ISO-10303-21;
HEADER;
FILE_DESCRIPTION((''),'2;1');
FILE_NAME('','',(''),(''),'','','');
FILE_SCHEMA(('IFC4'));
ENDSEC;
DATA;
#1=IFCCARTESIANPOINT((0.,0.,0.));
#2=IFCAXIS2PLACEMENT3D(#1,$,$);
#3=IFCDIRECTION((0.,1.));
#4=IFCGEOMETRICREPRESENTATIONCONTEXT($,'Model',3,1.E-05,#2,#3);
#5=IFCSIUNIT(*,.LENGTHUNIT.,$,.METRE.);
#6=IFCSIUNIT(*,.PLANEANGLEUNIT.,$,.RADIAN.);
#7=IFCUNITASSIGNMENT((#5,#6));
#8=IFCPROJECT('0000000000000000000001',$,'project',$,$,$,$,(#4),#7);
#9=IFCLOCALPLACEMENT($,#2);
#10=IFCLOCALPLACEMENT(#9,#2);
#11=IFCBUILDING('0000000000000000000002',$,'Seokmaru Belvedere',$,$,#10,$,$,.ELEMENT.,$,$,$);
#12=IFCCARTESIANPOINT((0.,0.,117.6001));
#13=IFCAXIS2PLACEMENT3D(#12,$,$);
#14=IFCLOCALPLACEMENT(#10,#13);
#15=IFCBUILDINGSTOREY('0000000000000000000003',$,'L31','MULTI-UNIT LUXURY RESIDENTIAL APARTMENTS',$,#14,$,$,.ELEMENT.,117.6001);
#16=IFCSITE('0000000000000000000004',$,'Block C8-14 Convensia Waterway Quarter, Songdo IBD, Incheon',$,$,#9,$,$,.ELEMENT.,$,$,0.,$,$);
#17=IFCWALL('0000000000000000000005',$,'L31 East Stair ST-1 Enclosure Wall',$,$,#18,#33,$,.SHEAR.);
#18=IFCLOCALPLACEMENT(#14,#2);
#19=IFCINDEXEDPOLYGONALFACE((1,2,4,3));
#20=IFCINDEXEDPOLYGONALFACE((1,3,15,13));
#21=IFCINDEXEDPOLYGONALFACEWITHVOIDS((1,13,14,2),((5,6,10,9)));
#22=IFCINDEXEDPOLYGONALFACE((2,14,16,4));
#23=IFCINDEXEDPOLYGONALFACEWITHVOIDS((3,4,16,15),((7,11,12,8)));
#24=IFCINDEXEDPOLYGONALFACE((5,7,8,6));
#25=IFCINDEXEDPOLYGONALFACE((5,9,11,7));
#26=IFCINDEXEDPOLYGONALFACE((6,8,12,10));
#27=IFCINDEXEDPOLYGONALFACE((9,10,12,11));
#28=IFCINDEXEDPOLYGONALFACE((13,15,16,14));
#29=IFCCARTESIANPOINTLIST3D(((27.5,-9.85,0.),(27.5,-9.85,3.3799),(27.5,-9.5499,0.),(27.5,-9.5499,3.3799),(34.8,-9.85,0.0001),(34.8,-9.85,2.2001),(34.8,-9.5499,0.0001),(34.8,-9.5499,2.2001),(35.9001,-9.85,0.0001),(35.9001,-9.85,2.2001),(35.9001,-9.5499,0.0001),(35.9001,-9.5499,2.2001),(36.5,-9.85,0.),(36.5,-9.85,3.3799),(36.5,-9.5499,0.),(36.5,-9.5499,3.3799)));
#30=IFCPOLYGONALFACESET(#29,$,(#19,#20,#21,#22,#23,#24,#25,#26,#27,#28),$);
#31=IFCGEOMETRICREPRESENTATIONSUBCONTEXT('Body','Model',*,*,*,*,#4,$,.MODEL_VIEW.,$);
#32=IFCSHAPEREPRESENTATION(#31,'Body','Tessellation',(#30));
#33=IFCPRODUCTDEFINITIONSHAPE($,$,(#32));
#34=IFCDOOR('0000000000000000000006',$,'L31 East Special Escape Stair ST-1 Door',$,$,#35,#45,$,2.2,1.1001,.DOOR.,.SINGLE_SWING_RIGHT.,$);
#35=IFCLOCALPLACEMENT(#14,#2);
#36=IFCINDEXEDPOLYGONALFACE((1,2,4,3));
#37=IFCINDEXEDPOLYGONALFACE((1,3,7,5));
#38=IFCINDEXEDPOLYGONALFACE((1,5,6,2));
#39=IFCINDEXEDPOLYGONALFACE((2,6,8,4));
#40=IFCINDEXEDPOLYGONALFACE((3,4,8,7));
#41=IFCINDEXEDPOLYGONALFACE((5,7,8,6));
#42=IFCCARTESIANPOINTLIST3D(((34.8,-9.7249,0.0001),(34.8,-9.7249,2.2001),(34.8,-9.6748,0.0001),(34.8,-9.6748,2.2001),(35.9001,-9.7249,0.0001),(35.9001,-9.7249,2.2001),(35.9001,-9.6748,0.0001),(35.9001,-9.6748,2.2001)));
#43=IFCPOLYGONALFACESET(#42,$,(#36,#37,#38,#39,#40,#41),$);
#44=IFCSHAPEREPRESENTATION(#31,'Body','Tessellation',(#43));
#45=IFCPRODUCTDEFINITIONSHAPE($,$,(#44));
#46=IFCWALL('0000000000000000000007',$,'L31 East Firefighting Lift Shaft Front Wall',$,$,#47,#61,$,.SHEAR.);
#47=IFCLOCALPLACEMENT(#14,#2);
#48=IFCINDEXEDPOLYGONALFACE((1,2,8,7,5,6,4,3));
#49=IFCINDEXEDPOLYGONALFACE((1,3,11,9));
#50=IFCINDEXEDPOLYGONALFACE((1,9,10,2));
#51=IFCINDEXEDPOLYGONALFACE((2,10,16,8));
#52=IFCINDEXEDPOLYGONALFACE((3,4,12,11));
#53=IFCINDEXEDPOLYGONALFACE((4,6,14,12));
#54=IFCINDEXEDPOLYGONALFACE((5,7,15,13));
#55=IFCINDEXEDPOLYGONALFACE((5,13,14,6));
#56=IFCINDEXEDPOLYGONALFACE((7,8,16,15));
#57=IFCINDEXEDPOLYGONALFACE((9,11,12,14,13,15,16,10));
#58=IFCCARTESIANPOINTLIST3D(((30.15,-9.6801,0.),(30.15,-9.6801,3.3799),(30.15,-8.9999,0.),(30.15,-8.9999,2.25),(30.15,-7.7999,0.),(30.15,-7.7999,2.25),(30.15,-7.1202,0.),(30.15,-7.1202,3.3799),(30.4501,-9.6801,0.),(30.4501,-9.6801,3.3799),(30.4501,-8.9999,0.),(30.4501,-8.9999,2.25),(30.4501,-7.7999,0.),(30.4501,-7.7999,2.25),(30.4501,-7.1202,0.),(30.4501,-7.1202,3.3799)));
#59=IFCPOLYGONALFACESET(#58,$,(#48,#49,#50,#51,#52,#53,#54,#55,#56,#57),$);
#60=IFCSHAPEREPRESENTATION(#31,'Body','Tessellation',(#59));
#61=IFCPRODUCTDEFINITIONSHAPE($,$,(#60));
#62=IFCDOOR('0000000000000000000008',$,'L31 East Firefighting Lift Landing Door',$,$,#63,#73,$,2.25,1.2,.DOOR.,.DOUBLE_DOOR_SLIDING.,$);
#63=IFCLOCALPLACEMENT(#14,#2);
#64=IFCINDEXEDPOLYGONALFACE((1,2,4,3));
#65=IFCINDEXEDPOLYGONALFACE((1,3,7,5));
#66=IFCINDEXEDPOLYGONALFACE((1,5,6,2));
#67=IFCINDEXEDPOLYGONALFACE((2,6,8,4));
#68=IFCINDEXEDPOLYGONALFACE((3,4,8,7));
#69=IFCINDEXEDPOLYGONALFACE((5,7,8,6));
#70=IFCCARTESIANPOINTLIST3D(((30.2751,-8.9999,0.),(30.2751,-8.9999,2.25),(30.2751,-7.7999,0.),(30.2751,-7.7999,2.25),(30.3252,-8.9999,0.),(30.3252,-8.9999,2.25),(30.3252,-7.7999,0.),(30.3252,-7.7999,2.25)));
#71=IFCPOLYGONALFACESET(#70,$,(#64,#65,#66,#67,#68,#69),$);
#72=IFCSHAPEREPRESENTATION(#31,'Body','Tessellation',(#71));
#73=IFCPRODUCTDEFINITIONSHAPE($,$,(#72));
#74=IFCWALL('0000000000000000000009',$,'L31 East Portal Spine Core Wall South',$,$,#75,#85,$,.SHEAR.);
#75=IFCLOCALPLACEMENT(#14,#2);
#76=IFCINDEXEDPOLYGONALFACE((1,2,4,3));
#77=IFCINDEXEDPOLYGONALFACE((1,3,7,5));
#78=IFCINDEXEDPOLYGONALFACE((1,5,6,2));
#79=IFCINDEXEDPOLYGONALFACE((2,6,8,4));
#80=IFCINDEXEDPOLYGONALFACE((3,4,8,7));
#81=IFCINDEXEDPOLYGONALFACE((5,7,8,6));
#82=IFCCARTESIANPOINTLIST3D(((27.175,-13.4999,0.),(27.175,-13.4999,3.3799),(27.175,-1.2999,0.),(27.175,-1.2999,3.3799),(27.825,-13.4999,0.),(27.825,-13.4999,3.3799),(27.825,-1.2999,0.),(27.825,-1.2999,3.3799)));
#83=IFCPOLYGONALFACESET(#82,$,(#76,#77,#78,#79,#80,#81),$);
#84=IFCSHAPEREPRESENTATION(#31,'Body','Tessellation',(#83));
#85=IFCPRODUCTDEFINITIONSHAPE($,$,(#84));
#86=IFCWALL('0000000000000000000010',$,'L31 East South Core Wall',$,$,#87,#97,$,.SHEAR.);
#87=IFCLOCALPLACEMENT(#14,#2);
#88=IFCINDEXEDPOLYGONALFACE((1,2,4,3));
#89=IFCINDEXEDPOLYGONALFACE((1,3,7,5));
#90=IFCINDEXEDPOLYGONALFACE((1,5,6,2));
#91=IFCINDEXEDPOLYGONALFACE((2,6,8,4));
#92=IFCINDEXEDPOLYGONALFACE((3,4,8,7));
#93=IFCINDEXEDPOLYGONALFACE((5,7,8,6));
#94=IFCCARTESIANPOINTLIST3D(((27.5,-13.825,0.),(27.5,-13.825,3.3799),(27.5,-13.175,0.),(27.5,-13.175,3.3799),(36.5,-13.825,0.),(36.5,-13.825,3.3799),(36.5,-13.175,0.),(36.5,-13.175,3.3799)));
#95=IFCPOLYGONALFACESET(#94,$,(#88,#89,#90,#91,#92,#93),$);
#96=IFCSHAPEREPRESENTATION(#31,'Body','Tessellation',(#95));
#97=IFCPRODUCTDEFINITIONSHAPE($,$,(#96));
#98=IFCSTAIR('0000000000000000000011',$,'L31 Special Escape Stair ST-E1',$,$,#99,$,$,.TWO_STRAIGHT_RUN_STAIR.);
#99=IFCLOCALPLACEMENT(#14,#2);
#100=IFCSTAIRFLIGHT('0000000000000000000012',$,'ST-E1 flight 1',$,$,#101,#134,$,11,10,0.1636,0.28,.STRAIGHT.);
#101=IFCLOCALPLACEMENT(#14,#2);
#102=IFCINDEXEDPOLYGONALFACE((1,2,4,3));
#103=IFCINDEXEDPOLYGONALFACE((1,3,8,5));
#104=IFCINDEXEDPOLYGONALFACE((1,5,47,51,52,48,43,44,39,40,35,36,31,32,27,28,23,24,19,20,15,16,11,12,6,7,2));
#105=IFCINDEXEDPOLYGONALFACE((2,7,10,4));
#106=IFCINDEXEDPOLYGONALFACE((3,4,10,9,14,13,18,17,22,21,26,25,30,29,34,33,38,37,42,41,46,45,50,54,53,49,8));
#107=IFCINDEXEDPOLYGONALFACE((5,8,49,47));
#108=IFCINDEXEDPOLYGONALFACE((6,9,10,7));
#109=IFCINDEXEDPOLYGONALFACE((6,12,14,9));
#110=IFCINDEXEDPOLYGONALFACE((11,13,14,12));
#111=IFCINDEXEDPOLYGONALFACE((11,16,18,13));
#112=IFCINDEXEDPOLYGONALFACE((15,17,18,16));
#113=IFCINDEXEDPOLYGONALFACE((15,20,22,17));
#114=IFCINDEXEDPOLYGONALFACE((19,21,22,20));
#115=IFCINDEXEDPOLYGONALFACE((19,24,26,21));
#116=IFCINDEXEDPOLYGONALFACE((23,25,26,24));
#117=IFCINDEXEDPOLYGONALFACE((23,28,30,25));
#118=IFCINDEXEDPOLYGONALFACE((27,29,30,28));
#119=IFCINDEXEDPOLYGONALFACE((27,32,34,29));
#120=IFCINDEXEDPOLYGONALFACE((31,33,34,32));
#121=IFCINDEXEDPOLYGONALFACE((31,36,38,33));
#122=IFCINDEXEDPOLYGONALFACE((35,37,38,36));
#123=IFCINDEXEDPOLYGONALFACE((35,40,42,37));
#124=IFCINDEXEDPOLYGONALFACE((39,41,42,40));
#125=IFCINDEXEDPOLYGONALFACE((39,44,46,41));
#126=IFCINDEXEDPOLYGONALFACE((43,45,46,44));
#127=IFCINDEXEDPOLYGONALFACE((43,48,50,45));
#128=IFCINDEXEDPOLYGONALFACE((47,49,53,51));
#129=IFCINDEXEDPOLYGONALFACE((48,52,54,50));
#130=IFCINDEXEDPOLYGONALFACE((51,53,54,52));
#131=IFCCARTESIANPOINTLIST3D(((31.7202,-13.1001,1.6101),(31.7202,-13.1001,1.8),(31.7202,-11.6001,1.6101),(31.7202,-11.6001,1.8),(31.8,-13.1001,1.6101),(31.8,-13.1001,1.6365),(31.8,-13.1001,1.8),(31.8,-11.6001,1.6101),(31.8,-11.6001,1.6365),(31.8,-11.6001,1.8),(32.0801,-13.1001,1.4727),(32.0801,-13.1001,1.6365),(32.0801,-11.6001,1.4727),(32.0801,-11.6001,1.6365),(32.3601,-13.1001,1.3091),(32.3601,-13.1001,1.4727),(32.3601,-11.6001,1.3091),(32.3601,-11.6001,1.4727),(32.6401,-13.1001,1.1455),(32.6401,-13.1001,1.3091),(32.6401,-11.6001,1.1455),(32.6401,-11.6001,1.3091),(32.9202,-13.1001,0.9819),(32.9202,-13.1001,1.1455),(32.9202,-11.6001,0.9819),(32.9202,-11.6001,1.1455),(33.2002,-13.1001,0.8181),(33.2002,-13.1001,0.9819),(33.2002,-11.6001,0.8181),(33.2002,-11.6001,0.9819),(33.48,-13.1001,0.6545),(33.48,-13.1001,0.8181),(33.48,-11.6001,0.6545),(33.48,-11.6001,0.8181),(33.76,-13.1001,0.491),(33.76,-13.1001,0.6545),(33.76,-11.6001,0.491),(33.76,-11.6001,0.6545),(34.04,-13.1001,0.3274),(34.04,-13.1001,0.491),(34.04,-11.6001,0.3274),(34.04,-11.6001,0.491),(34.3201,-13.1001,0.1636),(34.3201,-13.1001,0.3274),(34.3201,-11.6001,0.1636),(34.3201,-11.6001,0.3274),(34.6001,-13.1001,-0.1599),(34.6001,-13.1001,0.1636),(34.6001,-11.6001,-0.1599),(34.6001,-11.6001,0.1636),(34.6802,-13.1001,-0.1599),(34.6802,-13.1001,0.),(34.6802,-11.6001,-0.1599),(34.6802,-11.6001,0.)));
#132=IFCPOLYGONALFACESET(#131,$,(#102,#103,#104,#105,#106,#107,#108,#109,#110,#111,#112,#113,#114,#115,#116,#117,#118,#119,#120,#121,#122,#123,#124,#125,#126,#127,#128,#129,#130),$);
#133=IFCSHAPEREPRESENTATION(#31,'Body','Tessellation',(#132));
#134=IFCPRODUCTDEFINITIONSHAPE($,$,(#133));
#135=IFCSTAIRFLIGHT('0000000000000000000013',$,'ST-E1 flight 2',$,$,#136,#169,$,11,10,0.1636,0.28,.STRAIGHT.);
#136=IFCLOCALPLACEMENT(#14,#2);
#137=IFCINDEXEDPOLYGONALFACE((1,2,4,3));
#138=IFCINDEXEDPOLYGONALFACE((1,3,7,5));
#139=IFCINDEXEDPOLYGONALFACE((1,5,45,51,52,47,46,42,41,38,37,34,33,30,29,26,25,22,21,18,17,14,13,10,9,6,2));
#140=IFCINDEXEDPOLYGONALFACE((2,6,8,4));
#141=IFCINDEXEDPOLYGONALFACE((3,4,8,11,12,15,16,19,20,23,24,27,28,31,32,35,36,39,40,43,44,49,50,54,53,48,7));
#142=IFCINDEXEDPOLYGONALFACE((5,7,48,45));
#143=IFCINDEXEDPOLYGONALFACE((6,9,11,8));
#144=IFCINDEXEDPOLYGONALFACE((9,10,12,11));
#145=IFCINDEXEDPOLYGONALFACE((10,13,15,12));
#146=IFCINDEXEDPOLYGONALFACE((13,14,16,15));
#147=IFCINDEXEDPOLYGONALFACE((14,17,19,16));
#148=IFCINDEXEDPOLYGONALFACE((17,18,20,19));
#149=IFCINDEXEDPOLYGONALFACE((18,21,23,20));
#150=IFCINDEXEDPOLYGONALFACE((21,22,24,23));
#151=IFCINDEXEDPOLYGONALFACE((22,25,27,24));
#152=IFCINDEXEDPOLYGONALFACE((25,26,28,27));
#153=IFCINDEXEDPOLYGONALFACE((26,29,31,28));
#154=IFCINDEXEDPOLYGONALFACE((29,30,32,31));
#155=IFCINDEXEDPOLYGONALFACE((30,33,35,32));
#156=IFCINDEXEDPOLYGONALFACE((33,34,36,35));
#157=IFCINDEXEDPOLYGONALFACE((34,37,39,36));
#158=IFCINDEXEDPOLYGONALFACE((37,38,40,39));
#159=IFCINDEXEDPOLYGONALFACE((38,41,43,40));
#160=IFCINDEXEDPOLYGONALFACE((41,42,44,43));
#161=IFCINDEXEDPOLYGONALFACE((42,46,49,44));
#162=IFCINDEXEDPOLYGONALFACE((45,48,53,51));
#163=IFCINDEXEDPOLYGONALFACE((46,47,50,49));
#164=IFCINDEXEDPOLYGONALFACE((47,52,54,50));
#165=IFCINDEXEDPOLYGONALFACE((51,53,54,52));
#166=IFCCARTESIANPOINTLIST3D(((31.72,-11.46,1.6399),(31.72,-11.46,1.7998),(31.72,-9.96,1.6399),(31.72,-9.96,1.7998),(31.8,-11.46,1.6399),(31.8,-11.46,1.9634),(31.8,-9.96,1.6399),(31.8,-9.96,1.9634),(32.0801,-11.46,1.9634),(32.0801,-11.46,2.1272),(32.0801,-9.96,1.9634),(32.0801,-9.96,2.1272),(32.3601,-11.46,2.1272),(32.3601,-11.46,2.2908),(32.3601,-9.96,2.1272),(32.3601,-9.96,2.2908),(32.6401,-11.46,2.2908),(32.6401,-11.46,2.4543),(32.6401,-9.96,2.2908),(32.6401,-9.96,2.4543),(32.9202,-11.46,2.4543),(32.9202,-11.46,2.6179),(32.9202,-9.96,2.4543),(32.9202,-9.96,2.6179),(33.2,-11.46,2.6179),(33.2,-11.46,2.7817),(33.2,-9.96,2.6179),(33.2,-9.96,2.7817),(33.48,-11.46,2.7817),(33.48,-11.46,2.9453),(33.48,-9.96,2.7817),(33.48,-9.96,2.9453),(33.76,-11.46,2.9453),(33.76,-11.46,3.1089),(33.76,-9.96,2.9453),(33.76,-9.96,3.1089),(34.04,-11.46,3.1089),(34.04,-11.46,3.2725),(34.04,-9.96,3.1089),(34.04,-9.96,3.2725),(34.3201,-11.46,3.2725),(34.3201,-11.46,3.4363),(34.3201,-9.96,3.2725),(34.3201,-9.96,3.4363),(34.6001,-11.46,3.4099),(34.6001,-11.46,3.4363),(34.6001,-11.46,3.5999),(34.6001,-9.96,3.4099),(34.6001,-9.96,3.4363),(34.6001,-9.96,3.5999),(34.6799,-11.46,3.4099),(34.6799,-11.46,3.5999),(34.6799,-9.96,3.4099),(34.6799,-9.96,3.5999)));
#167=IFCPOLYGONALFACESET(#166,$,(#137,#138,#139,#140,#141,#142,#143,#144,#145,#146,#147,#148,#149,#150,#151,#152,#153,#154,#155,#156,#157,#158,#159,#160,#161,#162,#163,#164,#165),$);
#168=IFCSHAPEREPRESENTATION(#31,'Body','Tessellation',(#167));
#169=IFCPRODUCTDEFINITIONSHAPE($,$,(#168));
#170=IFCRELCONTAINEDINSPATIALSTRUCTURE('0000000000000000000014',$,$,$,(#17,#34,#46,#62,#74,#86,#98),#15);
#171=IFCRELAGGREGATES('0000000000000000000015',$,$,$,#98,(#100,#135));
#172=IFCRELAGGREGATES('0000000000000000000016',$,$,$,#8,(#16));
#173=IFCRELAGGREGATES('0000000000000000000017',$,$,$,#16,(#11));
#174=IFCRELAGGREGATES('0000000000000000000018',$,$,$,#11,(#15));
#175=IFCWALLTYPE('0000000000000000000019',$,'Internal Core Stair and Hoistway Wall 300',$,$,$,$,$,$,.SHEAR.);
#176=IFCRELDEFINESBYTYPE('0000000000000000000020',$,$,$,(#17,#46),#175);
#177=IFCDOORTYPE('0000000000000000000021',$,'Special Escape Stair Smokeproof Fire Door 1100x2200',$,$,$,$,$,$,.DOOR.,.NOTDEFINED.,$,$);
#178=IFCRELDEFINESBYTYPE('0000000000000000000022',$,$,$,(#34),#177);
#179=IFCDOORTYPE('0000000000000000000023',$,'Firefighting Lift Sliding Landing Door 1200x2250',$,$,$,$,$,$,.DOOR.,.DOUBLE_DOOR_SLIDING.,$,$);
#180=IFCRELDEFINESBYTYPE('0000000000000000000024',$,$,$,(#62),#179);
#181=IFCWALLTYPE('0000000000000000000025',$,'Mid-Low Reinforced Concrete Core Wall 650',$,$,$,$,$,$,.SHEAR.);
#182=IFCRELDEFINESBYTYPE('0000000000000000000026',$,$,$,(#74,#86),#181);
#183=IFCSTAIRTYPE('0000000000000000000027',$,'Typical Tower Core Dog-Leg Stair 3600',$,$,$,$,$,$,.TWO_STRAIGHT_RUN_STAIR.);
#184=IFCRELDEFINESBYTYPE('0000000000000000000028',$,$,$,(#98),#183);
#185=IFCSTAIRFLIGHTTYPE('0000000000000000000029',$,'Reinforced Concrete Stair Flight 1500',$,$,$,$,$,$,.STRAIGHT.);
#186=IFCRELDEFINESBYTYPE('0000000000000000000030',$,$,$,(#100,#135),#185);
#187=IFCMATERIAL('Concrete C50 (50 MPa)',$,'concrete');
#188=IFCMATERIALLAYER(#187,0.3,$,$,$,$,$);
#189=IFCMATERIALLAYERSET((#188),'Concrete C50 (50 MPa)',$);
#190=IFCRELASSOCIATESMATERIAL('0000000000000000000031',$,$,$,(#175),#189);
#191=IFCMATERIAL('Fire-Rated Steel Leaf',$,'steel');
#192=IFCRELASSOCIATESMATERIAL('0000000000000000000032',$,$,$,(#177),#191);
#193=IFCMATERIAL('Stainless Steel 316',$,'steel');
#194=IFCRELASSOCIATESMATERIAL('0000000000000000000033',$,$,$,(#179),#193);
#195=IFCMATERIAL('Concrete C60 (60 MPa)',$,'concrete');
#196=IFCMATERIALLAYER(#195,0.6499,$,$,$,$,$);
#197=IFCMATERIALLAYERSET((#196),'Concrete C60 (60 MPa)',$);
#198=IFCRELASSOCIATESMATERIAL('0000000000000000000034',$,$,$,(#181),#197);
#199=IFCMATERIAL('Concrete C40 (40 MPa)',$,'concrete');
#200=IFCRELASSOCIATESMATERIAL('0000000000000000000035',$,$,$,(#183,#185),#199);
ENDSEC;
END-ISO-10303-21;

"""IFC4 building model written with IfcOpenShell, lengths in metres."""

from ifc_helpers import new_model, si_unit, direction, frame, frame_2d, origin, place, context, subcontext, project, spatial, polyline, rectangle, outline, extrude, source, transform, mapped, material, layer, layer_set, type_object, type_shapes, element, fill, aggregate, save


model = new_model("IFC4")

# Units and contexts
model_context = context("Model", 3, precision=1e-05, world=origin(), true_north=direction((0.0, 1.0)))
body_context = subcontext(model_context, "Body", "Model", "MODEL_VIEW")
ifc_project = project(units=[si_unit("LENGTHUNIT", "METRE"), si_unit("PLANEANGLEUNIT", "RADIAN")], contexts=[model_context])

# Site, building, storey
site_placement = place(None, origin())
site = spatial("IfcSite", under=ifc_project, at=site_placement, Name="Block C8-14 Convensia Waterway Quarter, Songdo IBD, Incheon", CompositionType="ELEMENT", RefElevation=0.0)
building_placement = place(site_placement, origin())
building = spatial("IfcBuilding", under=site, at=building_placement, Name="Seokmaru Belvedere", CompositionType="ELEMENT")
storey_placement = place(building_placement, frame((0.0, 0.0, 117.6001)))
storey = spatial("IfcBuildingStorey", under=building, at=storey_placement, Name="L31", Description="MULTI-UNIT LUXURY RESIDENTIAL APARTMENTS", CompositionType="ELEMENT", Elevation=117.6001)

# Shared definitions
ifc_material_1 = material(Name="Concrete C50 (50 MPa)", Category="concrete")

# Walls, openings, doors
ifc_layer_1 = layer(ifc_material_1, 0.3)
ifc_layer_set_1 = layer_set([ifc_layer_1], Name="Concrete C50 (50 MPa)")
wall_type_1 = type_object("IfcWallType", Name="Internal Core Stair and Hoistway Wall 300", PredefinedType="SHEAR", material=ifc_layer_set_1)
wall_1_placement = place(storey_placement, frame((27.5, -9.7, 0.0), z_axis=(0.0, 0.0, 1.0), x_axis=(1.0, 0.0, 0.0)))
wall_1 = element("IfcWall", 1, at=wall_1_placement, inside=storey, type_object=wall_type_1, Name="L31 East Stair ST-1 Enclosure Wall", PredefinedType="SHEAR", context=body_context, shape_type="SweptSolid", body=[
    extrude(rectangle(XDim=9.0, YDim=0.3, at=frame_2d((4.5, 0.0))), origin(), (0.0, 0.0, 1.0), 3.3799),
])
opening_1_placement = place(wall_1_placement, frame((7.3, 0.0, 0.0)))
opening_1 = element("IfcOpeningElement", 2, at=opening_1_placement, cuts=wall_1, PredefinedType="OPENING", context=body_context, shape_type="SweptSolid", body=[
    extrude(rectangle(XDim=1.1001, YDim=2.2, at=frame_2d((0.55, 1.1001))), frame((0.0, 0.1602, 0.0), z_axis=(0.0, -1.0, 0.0), x_axis=(1.0, 0.0, 0.0)), (0.0, 0.0, 1.0), 0.3201),
])
ifc_material_2 = material(Name="Fire-Rated Steel Leaf", Category="steel")
door_type_1 = type_object("IfcDoorType", Name="Special Escape Stair Smokeproof Fire Door 1100x2200", OperationType="NOTDEFINED", PredefinedType="DOOR", material=ifc_material_2)
shared_shape_1 = source(origin(), body_context, "Body", "SweptSolid", [
    extrude(rectangle(XDim=1.1001, YDim=2.2, at=frame_2d((0.55, 1.1001))), frame((0.0, 0.0249, 0.0), z_axis=(0.0, -1.0, 0.0), x_axis=(1.0, 0.0, 0.0)), (0.0, 0.0, 1.0), 0.05),
])
type_shapes(door_type_1, [shared_shape_1])
door_1_placement = place(opening_1_placement, frame((1.1001, 0.0, 0.0), z_axis=(0.0, 0.0, 1.0), x_axis=(-1.0, 0.0, 0.0)))
door_1 = element("IfcDoor", 3, at=door_1_placement, inside=storey, type_object=door_type_1, Name="L31 East Special Escape Stair ST-1 Door", OperationType="SINGLE_SWING_RIGHT", OverallHeight=2.2, OverallWidth=1.1001, PredefinedType="DOOR", context=body_context, shape_type="MappedRepresentation", body=[
    mapped(shared_shape_1, transform((0.0, 0.0, 0.0), scale=1.0)),
])
fill(opening_1, door_1)
wall_2_placement = place(storey_placement, frame((30.3, -9.6799, 0.0), z_axis=(0.0, 0.0, 1.0), x_axis=(0.0, 1.0, 0.0)))
wall_2 = element("IfcWall", 4, at=wall_2_placement, inside=storey, type_object=wall_type_1, Name="L31 East Firefighting Lift Shaft Front Wall", PredefinedType="SHEAR", context=body_context, shape_type="SweptSolid", body=[
    extrude(rectangle(XDim=2.5598, YDim=0.3, at=frame_2d((1.2798, 0.0))), origin(), (0.0, 0.0, 1.0), 3.3799),
])
opening_2_placement = place(wall_2_placement, frame((0.6799, 0.0, 0.0)))
opening_2 = element("IfcOpeningElement", 5, at=opening_2_placement, cuts=wall_2, PredefinedType="OPENING", context=body_context, shape_type="SweptSolid", body=[
    extrude(rectangle(XDim=1.2, YDim=2.25, at=frame_2d((0.6001, 1.125))), frame((0.0, 0.1602, 0.0), z_axis=(0.0, -1.0, 0.0), x_axis=(1.0, 0.0, 0.0)), (0.0, 0.0, 1.0), 0.3201),
])
ifc_material_3 = material(Name="Stainless Steel 316", Category="steel")
door_type_2 = type_object("IfcDoorType", Name="Firefighting Lift Sliding Landing Door 1200x2250", OperationType="DOUBLE_DOOR_SLIDING", PredefinedType="DOOR", material=ifc_material_3)
shared_shape_2 = source(origin(), body_context, "Body", "SweptSolid", [
    extrude(rectangle(XDim=1.2, YDim=2.25, at=frame_2d((0.6001, 1.125))), frame((0.0, 0.0249, 0.0), z_axis=(0.0, -1.0, 0.0), x_axis=(1.0, 0.0, 0.0)), (0.0, 0.0, 1.0), 0.05),
])
type_shapes(door_type_2, [shared_shape_2])
door_2_placement = place(opening_2_placement, origin())
door_2 = element("IfcDoor", 6, at=door_2_placement, inside=storey, type_object=door_type_2, Name="L31 East Firefighting Lift Landing Door", OperationType="DOUBLE_DOOR_SLIDING", OverallHeight=2.25, OverallWidth=1.2, PredefinedType="DOOR", context=body_context, shape_type="MappedRepresentation", body=[
    mapped(shared_shape_2, transform((0.0, 0.0, 0.0), scale=1.0)),
])
fill(opening_2, door_2)

# Walls
ifc_material_4 = material(Name="Concrete C60 (60 MPa)", Category="concrete")
ifc_layer_2 = layer(ifc_material_4, 0.6499)
ifc_layer_set_2 = layer_set([ifc_layer_2], Name="Concrete C60 (60 MPa)")
wall_type_2 = type_object("IfcWallType", Name="Mid-Low Reinforced Concrete Core Wall 650", PredefinedType="SHEAR", material=ifc_layer_set_2)
wall_3_placement = place(storey_placement, frame((27.5, -13.5, 0.0), z_axis=(0.0, 0.0, 1.0), x_axis=(0.0, 1.0, 0.0)))
element("IfcWall", 7, at=wall_3_placement, inside=storey, type_object=wall_type_2, Name="L31 East Portal Spine Core Wall South", PredefinedType="SHEAR", context=body_context, shape_type="SweptSolid", body=[
    extrude(rectangle(XDim=12.2, YDim=0.6499, at=frame_2d((6.1001, 0.0))), origin(), (0.0, 0.0, 1.0), 3.3799),
])
wall_4_placement = place(storey_placement, frame((27.5, -13.5, 0.0), z_axis=(0.0, 0.0, 1.0), x_axis=(1.0, 0.0, 0.0)))
element("IfcWall", 8, at=wall_4_placement, inside=storey, type_object=wall_type_2, Name="L31 East South Core Wall", PredefinedType="SHEAR", context=body_context, shape_type="SweptSolid", body=[
    extrude(rectangle(XDim=9.0, YDim=0.6499, at=frame_2d((4.5, 0.0))), origin(), (0.0, 0.0, 1.0), 3.3799),
])

# Stair, stair flights
ifc_material_5 = material(Name="Concrete C40 (40 MPa)", Category="concrete")
stair_type = type_object("IfcStairType", Name="Typical Tower Core Dog-Leg Stair 3600", PredefinedType="TWO_STRAIGHT_RUN_STAIR", material=ifc_material_5)
stair_placement = place(storey_placement, origin())
stair = element("IfcStair", 9, at=stair_placement, inside=storey, type_object=stair_type, Name="L31 Special Escape Stair ST-E1", PredefinedType="TWO_STRAIGHT_RUN_STAIR")
stair_flight_type = type_object("IfcStairFlightType", Name="Reinforced Concrete Stair Flight 1500", PredefinedType="STRAIGHT", material=ifc_material_5)
stair_flight_1_placement = place(storey_placement, frame((34.6001, -12.3501, 0.0), z_axis=(0.0, 0.0, 1.0), x_axis=(-1.0, 0.0, 0.0)))
stair_flight_1 = element("IfcStairFlight", 10, at=stair_flight_1_placement, type_object=stair_flight_type, Name="ST-E1 flight 1", NumberOfRisers=11, NumberOfTreads=10, PredefinedType="STRAIGHT", RiserHeight=0.1636, TreadLength=0.28, context=body_context, shape_type="SweptSolid", body=[
    extrude(outline(polyline([(-0.0801, 0.0), (0.0, 0.1636), (0.28, 0.1636), (0.28, 0.3274), (0.5601, 0.3274), (0.5601, 0.491), (0.8401, 0.491), (0.8401, 0.6545), (1.1201, 0.6545), (1.1201, 0.8181), (1.3999, 0.8181), (1.3999, 0.9819), (1.6799, 0.9819), (1.6799, 1.1455), (1.96, 1.1455), (1.96, 1.3091), (2.24, 1.3091), (2.24, 1.4727), (2.52, 1.4727), (2.52, 1.6365), (2.8, 1.6365), (2.8, 1.8), (2.8799, 1.8), (2.8799, 1.6101), (2.8, 1.6101), (0.0, -0.1599), (-0.0801, -0.1599), (-0.0801, 0.0)])), frame((0.0, 0.75, 0.0), z_axis=(0.0, -1.0, 0.0), x_axis=(1.0, 0.0, 0.0)), (0.0, 0.0, 1.0), 1.5),
])
stair_flight_2_placement = place(storey_placement, frame((31.8, -10.71, 1.7998), z_axis=(0.0, 0.0, 1.0), x_axis=(1.0, 0.0, 0.0)))
stair_flight_2 = element("IfcStairFlight", 11, at=stair_flight_2_placement, type_object=stair_flight_type, Name="ST-E1 flight 2", NumberOfRisers=11, NumberOfTreads=10, PredefinedType="STRAIGHT", RiserHeight=0.1636, TreadLength=0.28, context=body_context, shape_type="SweptSolid", body=[
    extrude(outline(polyline([(-0.0801, 0.0), (0.0, 0.1636), (0.28, 0.1636), (0.28, 0.3274), (0.5601, 0.3274), (0.5601, 0.491), (0.8401, 0.491), (0.8401, 0.6545), (1.1201, 0.6545), (1.1201, 0.8181), (1.3999, 0.8181), (1.3999, 0.9819), (1.6799, 0.9819), (1.6799, 1.1455), (1.96, 1.1455), (1.96, 1.3091), (2.24, 1.3091), (2.24, 1.4727), (2.52, 1.4727), (2.52, 1.6365), (2.8, 1.6365), (2.8, 1.8), (2.8799, 1.8), (2.8799, 1.6101), (2.8, 1.6101), (0.0, -0.1599), (-0.0801, -0.1599), (-0.0801, 0.0)])), frame((0.0, 0.75, 0.0), z_axis=(0.0, -1.0, 0.0), x_axis=(1.0, 0.0, 0.0)), (0.0, 0.0, 1.0), 1.5),
])
aggregate(stair, [stair_flight_1, stair_flight_2])

save(model, "model.ifc")
